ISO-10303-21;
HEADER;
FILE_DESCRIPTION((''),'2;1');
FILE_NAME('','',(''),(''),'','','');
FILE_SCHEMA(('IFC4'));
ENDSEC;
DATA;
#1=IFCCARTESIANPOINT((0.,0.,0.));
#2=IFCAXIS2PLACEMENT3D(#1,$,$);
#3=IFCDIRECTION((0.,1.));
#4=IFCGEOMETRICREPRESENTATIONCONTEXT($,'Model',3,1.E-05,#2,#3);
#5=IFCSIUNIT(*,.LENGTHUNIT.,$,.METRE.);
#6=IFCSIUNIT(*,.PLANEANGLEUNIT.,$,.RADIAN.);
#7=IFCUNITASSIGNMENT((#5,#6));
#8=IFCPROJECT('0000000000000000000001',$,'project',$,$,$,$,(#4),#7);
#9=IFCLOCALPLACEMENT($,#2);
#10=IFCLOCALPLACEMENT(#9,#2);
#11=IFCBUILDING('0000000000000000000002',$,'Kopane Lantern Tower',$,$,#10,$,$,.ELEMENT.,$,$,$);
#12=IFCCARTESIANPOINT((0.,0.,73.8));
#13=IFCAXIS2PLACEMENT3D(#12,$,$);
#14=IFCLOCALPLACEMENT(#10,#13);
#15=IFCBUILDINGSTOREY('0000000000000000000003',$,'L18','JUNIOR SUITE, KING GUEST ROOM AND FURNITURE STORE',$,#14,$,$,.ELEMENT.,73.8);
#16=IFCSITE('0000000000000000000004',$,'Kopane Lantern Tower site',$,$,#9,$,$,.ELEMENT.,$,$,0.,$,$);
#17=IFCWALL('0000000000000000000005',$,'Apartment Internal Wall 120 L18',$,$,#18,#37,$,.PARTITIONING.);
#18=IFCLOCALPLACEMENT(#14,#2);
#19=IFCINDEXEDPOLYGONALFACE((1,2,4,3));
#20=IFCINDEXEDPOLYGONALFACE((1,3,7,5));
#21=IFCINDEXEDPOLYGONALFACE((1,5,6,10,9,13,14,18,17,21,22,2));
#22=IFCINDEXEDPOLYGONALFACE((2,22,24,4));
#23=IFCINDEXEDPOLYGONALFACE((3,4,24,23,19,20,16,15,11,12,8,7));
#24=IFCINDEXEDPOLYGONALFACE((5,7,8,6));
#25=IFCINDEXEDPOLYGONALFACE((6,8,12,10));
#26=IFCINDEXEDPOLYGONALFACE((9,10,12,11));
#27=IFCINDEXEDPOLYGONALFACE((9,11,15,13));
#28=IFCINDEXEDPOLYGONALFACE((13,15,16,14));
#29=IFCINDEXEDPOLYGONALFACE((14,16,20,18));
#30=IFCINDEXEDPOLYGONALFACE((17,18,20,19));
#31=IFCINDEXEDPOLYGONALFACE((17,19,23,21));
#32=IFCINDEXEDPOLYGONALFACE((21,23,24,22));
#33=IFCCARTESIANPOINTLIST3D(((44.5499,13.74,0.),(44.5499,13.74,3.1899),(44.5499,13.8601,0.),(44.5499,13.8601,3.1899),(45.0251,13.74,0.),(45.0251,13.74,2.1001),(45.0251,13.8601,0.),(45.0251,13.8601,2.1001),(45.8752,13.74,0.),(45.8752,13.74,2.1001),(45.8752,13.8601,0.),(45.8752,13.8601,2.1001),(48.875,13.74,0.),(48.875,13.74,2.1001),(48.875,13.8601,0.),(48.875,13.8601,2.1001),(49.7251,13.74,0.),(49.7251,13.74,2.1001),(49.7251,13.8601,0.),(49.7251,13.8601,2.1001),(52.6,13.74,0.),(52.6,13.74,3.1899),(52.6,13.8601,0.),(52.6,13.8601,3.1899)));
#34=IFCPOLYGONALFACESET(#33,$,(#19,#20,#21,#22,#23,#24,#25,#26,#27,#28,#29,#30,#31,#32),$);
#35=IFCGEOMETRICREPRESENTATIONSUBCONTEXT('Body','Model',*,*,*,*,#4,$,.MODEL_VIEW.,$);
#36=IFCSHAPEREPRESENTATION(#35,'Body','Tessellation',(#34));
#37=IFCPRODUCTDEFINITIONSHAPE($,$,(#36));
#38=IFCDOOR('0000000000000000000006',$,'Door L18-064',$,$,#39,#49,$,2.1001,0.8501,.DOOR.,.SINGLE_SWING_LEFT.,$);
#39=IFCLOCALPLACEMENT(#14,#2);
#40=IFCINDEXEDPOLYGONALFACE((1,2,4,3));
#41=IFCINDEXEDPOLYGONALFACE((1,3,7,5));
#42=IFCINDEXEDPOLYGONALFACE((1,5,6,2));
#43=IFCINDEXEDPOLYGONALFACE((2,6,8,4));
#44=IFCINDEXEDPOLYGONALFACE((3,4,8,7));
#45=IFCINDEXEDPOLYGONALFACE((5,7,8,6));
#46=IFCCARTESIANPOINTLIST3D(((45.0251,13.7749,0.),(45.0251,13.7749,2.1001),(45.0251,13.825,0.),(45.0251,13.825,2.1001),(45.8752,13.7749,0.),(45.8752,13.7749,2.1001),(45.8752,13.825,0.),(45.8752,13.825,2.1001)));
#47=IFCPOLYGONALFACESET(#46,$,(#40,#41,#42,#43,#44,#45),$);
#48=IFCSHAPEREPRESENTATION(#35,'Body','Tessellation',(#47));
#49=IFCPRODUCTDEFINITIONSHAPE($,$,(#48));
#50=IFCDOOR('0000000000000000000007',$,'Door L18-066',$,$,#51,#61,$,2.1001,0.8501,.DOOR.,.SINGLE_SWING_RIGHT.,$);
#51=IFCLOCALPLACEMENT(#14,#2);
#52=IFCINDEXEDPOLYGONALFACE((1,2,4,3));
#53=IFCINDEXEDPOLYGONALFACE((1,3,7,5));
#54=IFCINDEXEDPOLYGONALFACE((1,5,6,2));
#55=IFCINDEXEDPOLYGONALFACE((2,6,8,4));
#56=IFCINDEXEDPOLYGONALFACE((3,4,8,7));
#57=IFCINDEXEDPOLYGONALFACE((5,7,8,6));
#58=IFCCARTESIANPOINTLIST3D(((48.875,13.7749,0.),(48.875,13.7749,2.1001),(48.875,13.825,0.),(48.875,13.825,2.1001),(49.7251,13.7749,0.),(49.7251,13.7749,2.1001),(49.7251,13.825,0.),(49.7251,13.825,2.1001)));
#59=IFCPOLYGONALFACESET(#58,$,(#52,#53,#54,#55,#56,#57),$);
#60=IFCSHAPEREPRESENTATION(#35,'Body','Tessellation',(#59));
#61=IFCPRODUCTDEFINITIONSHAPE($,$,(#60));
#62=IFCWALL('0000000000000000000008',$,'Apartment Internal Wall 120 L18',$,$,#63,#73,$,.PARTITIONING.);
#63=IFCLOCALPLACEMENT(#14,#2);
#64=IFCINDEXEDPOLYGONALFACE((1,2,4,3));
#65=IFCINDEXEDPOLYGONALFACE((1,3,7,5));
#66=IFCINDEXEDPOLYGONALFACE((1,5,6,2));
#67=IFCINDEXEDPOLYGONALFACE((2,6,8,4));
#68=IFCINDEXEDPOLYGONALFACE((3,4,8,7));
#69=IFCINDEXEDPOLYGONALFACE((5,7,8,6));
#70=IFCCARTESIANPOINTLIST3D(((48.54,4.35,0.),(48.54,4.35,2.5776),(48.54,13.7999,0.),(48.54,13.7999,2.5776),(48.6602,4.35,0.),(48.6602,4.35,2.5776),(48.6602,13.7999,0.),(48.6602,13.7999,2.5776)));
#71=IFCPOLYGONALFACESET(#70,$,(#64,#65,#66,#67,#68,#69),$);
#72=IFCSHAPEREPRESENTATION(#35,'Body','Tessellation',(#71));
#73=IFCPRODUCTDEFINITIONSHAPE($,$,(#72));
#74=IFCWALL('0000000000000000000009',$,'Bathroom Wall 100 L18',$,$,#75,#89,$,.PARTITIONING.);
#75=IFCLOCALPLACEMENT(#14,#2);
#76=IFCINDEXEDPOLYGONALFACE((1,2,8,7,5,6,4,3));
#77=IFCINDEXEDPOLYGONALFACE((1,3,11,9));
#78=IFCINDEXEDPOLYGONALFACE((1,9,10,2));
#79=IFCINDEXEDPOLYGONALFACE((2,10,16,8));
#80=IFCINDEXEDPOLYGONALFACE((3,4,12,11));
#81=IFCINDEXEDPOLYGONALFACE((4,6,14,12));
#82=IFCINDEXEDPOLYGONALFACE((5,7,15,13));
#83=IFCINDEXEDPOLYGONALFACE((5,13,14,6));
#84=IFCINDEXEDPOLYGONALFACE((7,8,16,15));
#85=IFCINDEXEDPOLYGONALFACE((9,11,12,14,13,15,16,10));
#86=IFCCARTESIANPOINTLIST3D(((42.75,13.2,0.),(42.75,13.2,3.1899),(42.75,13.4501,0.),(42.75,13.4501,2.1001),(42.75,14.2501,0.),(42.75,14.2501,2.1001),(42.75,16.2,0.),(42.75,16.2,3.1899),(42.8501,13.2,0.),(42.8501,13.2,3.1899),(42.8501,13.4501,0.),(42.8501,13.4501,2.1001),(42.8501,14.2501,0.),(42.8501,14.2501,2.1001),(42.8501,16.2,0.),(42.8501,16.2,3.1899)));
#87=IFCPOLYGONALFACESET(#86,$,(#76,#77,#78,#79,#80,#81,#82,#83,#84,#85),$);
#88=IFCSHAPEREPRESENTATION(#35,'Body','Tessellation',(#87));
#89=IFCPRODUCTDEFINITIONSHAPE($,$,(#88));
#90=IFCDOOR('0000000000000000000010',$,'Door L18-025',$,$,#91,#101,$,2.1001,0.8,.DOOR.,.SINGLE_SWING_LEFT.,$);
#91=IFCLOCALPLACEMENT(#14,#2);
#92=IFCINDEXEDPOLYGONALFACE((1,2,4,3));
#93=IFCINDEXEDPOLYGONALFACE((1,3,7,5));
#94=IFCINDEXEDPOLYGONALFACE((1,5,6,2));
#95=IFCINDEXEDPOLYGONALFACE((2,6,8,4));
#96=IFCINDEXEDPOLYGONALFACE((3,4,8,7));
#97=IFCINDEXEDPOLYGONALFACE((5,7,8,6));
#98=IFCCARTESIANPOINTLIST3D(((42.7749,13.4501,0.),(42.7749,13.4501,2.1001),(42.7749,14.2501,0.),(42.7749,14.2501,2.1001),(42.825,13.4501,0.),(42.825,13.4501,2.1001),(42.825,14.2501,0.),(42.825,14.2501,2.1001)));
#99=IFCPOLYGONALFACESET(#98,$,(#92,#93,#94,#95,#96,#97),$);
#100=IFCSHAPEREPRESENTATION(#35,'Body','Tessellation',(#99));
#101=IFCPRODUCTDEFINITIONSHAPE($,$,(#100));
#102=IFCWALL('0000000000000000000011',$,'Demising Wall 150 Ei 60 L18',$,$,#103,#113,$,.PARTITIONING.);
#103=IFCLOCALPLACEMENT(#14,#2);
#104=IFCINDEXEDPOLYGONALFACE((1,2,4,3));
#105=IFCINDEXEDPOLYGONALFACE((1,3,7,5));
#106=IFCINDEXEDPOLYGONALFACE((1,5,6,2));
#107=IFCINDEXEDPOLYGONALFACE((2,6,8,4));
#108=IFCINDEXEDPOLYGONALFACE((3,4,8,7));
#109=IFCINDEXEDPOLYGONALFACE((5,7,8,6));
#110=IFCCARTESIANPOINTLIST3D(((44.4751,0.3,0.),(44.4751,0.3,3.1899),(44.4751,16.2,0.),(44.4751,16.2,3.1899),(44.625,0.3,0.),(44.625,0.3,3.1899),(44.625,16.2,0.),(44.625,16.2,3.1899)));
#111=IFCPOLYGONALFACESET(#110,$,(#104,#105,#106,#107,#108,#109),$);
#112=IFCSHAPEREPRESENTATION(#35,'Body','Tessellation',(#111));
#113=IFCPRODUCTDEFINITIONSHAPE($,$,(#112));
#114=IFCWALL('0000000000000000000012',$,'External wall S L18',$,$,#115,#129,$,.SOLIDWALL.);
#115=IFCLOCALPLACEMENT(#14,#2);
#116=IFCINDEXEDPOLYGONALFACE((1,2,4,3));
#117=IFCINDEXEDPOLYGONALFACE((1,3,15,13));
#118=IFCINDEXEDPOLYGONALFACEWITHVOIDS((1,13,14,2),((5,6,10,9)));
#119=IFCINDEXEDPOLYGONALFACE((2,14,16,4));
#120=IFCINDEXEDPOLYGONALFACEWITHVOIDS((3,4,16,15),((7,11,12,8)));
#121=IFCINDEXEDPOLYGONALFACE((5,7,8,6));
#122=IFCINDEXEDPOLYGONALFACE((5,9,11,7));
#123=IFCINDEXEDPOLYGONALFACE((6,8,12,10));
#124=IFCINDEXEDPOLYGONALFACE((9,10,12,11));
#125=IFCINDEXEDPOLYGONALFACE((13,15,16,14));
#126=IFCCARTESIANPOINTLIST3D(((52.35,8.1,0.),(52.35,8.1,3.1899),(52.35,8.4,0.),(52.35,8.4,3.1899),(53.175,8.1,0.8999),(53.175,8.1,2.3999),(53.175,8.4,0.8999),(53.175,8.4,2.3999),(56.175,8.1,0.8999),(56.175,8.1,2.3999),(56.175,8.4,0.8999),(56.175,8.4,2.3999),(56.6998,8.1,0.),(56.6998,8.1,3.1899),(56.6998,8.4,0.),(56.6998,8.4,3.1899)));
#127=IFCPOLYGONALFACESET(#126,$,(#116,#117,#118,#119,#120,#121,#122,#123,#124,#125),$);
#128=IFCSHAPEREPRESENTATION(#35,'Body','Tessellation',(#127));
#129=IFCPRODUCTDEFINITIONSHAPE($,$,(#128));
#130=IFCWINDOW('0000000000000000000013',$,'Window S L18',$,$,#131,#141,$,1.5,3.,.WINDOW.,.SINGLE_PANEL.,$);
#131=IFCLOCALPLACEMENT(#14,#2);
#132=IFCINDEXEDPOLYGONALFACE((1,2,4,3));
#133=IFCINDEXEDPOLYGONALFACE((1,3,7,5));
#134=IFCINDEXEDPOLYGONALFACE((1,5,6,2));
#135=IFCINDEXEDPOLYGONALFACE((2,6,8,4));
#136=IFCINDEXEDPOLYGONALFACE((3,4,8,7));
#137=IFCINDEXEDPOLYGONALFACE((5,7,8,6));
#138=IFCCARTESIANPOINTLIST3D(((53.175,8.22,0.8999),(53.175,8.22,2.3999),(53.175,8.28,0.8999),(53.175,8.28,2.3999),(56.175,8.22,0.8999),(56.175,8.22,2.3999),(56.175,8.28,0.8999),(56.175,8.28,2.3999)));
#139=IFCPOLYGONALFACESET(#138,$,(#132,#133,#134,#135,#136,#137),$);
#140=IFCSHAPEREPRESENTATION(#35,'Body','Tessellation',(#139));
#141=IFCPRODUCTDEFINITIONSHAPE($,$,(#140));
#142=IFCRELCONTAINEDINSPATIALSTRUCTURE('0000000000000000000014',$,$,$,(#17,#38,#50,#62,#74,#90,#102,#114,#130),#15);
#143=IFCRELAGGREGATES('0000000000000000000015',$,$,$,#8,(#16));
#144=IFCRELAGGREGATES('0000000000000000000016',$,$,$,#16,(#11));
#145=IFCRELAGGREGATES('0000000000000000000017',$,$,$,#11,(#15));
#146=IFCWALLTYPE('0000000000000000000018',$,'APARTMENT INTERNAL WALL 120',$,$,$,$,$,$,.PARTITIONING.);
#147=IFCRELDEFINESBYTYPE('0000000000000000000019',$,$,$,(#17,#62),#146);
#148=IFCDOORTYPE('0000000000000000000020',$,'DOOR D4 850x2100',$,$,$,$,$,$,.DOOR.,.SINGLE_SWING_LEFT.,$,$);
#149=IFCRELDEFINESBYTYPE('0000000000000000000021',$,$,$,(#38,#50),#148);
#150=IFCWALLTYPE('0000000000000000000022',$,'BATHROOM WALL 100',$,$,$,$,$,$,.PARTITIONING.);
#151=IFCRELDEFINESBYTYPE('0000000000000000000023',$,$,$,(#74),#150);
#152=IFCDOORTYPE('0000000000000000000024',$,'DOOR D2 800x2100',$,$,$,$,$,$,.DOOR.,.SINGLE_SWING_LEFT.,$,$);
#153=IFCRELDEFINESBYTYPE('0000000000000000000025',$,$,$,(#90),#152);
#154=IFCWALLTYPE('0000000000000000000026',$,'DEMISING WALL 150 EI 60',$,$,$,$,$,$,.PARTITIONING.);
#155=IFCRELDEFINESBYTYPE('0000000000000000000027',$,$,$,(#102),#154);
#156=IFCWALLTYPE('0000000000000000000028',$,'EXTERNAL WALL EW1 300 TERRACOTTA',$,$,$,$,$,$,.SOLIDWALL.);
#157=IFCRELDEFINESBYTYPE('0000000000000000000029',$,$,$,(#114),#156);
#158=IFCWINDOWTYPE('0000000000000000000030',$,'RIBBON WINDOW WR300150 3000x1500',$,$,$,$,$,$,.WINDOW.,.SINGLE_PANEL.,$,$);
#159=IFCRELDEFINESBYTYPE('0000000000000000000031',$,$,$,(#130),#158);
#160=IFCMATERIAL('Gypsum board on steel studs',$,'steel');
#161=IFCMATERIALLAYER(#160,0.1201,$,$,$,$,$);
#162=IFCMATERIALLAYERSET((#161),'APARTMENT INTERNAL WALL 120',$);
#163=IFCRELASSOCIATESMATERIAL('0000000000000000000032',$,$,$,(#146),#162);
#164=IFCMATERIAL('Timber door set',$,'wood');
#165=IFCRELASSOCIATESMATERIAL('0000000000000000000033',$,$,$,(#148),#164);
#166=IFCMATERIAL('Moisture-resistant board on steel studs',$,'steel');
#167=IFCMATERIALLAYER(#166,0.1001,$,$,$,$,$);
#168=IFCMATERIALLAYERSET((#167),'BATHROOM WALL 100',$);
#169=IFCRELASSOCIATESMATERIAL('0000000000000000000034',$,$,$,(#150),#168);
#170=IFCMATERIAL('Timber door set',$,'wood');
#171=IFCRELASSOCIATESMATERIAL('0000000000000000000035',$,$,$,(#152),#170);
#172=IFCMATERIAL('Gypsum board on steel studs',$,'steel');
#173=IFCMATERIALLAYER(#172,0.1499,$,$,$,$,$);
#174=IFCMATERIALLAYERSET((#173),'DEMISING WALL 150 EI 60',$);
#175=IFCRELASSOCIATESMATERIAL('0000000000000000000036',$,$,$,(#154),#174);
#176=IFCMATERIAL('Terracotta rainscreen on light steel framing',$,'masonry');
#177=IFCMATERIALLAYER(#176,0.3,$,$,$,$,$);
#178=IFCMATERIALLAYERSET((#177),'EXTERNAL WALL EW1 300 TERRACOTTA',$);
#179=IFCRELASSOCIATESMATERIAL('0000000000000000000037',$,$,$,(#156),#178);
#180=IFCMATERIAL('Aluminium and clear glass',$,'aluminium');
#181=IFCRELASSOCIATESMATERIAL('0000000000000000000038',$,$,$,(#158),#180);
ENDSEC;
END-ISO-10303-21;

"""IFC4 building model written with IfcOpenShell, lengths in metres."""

from ifc_helpers import new_model, si_unit, direction, frame, frame_2d, origin, place, context, subcontext, project, spatial, rectangle, extrude, material, layer, layer_set, type_object, element, fill, save


model = new_model("IFC4")

# Units and contexts
model_context = context("Model", 3, precision=1e-05, world=origin(), true_north=direction((0.0, 1.0)))
body_context = subcontext(model_context, "Body", "Model", "MODEL_VIEW")
ifc_project = project(units=[si_unit("LENGTHUNIT", "METRE"), si_unit("PLANEANGLEUNIT", "RADIAN")], contexts=[model_context])

# Site, building, storey
site_placement = place(None, origin())
site = spatial("IfcSite", under=ifc_project, at=site_placement, Name="Kopane Lantern Tower site", CompositionType="ELEMENT", RefElevation=0.0)
building_placement = place(site_placement, origin())
building = spatial("IfcBuilding", under=site, at=building_placement, Name="Kopane Lantern Tower", CompositionType="ELEMENT")
storey_placement = place(building_placement, frame((0.0, 0.0, 73.8)))
storey = spatial("IfcBuildingStorey", under=building, at=storey_placement, Name="L18", Description="JUNIOR SUITE, KING GUEST ROOM AND FURNITURE STORE", CompositionType="ELEMENT", Elevation=73.8)

# Wall, openings, doors
ifc_material_1 = material(Name="Gypsum board on steel studs", Category="steel")
ifc_layer_1 = layer(ifc_material_1, 0.1201)
ifc_layer_set_1 = layer_set([ifc_layer_1], Name="APARTMENT INTERNAL WALL 120")
wall_type_1 = type_object("IfcWallType", Name="APARTMENT INTERNAL WALL 120", PredefinedType="PARTITIONING", material=ifc_layer_set_1)
wall_1_placement = place(storey_placement, frame((44.55, 13.8, 0.0), z_axis=(0.0, 0.0, 1.0), x_axis=(1.0, 0.0, 0.0)))
wall_1 = element("IfcWall", 1, at=wall_1_placement, inside=storey, type_object=wall_type_1, Name="Apartment Internal Wall 120 L18", PredefinedType="PARTITIONING", context=body_context, shape_type="SweptSolid", body=[
    extrude(rectangle(XDim=8.05, YDim=0.1201, at=frame_2d((4.0249, 0.0))), origin(), (0.0, 0.0, 1.0), 3.1899),
])
opening_1_placement = place(wall_1_placement, frame((0.4751, 0.0, 0.0)))
opening_1 = element("IfcOpeningElement", 2, at=opening_1_placement, cuts=wall_1, PredefinedType="OPENING", context=body_context, shape_type="SweptSolid", body=[
    extrude(rectangle(XDim=0.8501, YDim=2.1001, at=frame_2d((0.425, 1.05))), frame((0.0, 0.0701, 0.0), z_axis=(0.0, -1.0, 0.0), x_axis=(1.0, 0.0, 0.0)), (0.0, 0.0, 1.0), 0.1401),
])
opening_2_placement = place(wall_1_placement, frame((4.325, 0.0, 0.0)))
opening_2 = element("IfcOpeningElement", 3, at=opening_2_placement, cuts=wall_1, PredefinedType="OPENING", context=body_context, shape_type="SweptSolid", body=[
    extrude(rectangle(XDim=0.8501, YDim=2.1001, at=frame_2d((0.425, 1.05))), frame((0.0, 0.0701, 0.0), z_axis=(0.0, -1.0, 0.0), x_axis=(1.0, 0.0, 0.0)), (0.0, 0.0, 1.0), 0.1401),
])
ifc_material_2 = material(Name="Timber door set", Category="wood")
door_type_1 = type_object("IfcDoorType", Name="DOOR D4 850x2100", OperationType="SINGLE_SWING_LEFT", PredefinedType="DOOR", material=ifc_material_2)
door_1_placement = place(opening_1_placement, origin())
door_1 = element("IfcDoor", 4, at=door_1_placement, inside=storey, type_object=door_type_1, Name="Door L18-064", OperationType="SINGLE_SWING_LEFT", OverallHeight=2.1001, OverallWidth=0.8501, PredefinedType="DOOR", context=body_context, shape_type="SweptSolid", body=[
    extrude(rectangle(XDim=0.8501, YDim=2.1001, at=frame_2d((0.425, 1.05))), frame((0.0, 0.0249, 0.0), z_axis=(0.0, -1.0, 0.0), x_axis=(1.0, 0.0, 0.0)), (0.0, 0.0, 1.0), 0.05),
])
fill(opening_1, door_1)
door_2_placement = place(opening_2_placement, origin())
door_2 = element("IfcDoor", 5, at=door_2_placement, inside=storey, type_object=door_type_1, Name="Door L18-066", OperationType="SINGLE_SWING_RIGHT", OverallHeight=2.1001, OverallWidth=0.8501, PredefinedType="DOOR", context=body_context, shape_type="SweptSolid", body=[
    extrude(rectangle(XDim=0.8501, YDim=2.1001, at=frame_2d((0.425, 1.05))), frame((0.0, 0.0249, 0.0), z_axis=(0.0, -1.0, 0.0), x_axis=(1.0, 0.0, 0.0)), (0.0, 0.0, 1.0), 0.05),
])
fill(opening_2, door_2)

# Wall
wall_2_placement = place(storey_placement, frame((48.6001, 13.8, 0.0), z_axis=(0.0, 0.0, 1.0), x_axis=(0.0, -1.0, 0.0)))
element("IfcWall", 6, at=wall_2_placement, inside=storey, type_object=wall_type_1, Name="Apartment Internal Wall 120 L18", PredefinedType="PARTITIONING", context=body_context, shape_type="SweptSolid", body=[
    extrude(rectangle(XDim=9.45, YDim=0.1201, at=frame_2d((4.7251, 0.0))), origin(), (0.0, 0.0, 1.0), 2.5776),
])

# Wall, opening, door
ifc_material_3 = material(Name="Moisture-resistant board on steel studs", Category="steel")
ifc_layer_2 = layer(ifc_material_3, 0.1001)
ifc_layer_set_2 = layer_set([ifc_layer_2], Name="BATHROOM WALL 100")
wall_type_2 = type_object("IfcWallType", Name="BATHROOM WALL 100", PredefinedType="PARTITIONING", material=ifc_layer_set_2)
wall_3_placement = place(storey_placement, frame((42.8, 16.2, 0.0), z_axis=(0.0, 0.0, 1.0), x_axis=(0.0, -1.0, 0.0)))
wall_3 = element("IfcWall", 7, at=wall_3_placement, inside=storey, type_object=wall_type_2, Name="Bathroom Wall 100 L18", PredefinedType="PARTITIONING", context=body_context, shape_type="SweptSolid", body=[
    extrude(rectangle(XDim=3.0, YDim=0.1001, at=frame_2d((1.5, 0.0))), origin(), (0.0, 0.0, 1.0), 3.1899),
])
opening_3_placement = place(wall_3_placement, frame((1.95, 0.0, 0.0)))
opening_3 = element("IfcOpeningElement", 8, at=opening_3_placement, cuts=wall_3, PredefinedType="OPENING", context=body_context, shape_type="SweptSolid", body=[
    extrude(rectangle(XDim=0.8, YDim=2.1001, at=frame_2d((0.3999, 1.05))), frame((0.0, 0.0601, 0.0), z_axis=(0.0, -1.0, 0.0), x_axis=(1.0, 0.0, 0.0)), (0.0, 0.0, 1.0), 0.1201),
])
ifc_material_4 = material(Name="Timber door set", Category="wood")
door_type_2 = type_object("IfcDoorType", Name="DOOR D2 800x2100", OperationType="SINGLE_SWING_LEFT", PredefinedType="DOOR", material=ifc_material_4)
door_3_placement = place(opening_3_placement, origin())
door_3 = element("IfcDoor", 9, at=door_3_placement, inside=storey, type_object=door_type_2, Name="Door L18-025", OperationType="SINGLE_SWING_LEFT", OverallHeight=2.1001, OverallWidth=0.8, PredefinedType="DOOR", context=body_context, shape_type="SweptSolid", body=[
    extrude(rectangle(XDim=0.8, YDim=2.1001, at=frame_2d((0.3999, 1.05))), frame((0.0, 0.0249, 0.0), z_axis=(0.0, -1.0, 0.0), x_axis=(1.0, 0.0, 0.0)), (0.0, 0.0, 1.0), 0.05),
])
fill(opening_3, door_3)

# Wall
ifc_material_5 = material(Name="Gypsum board on steel studs", Category="steel")
ifc_layer_3 = layer(ifc_material_5, 0.1499)
ifc_layer_set_3 = layer_set([ifc_layer_3], Name="DEMISING WALL 150 EI 60")
wall_type_3 = type_object("IfcWallType", Name="DEMISING WALL 150 EI 60", PredefinedType="PARTITIONING", material=ifc_layer_set_3)
wall_4_placement = place(storey_placement, frame((44.55, 16.2, 0.0), z_axis=(0.0, 0.0, 1.0), x_axis=(0.0, -1.0, 0.0)))
element("IfcWall", 10, at=wall_4_placement, inside=storey, type_object=wall_type_3, Name="Demising Wall 150 Ei 60 L18", PredefinedType="PARTITIONING", context=body_context, shape_type="SweptSolid", body=[
    extrude(rectangle(XDim=15.8999, YDim=0.1499, at=frame_2d((7.95, 0.0))), origin(), (0.0, 0.0, 1.0), 3.1899),
])

# Wall, opening, window
ifc_material_6 = material(Name="Terracotta rainscreen on light steel framing", Category="masonry")
ifc_layer_4 = layer(ifc_material_6, 0.3)
ifc_layer_set_4 = layer_set([ifc_layer_4], Name="EXTERNAL WALL EW1 300 TERRACOTTA")
wall_type_4 = type_object("IfcWallType", Name="EXTERNAL WALL EW1 300 TERRACOTTA", PredefinedType="SOLIDWALL", material=ifc_layer_set_4)
wall_5_placement = place(storey_placement, frame((52.3501, 8.25, 0.0), z_axis=(0.0, 0.0, 1.0), x_axis=(1.0, 0.0, 0.0)))
wall_5 = element("IfcWall", 11, at=wall_5_placement, inside=storey, type_object=wall_type_4, Name="External wall S L18", PredefinedType="SOLIDWALL", context=body_context, shape_type="SweptSolid", body=[
    extrude(rectangle(XDim=4.3499, YDim=0.3, at=frame_2d((2.1748, 0.0))), origin(), (0.0, 0.0, 1.0), 3.1899),
])
opening_4_placement = place(wall_5_placement, frame((0.825, 0.0, 0.8999)))
opening_4 = element("IfcOpeningElement", 12, at=opening_4_placement, cuts=wall_5, PredefinedType="OPENING", context=body_context, shape_type="SweptSolid", body=[
    extrude(rectangle(XDim=3.0, YDim=1.5, at=frame_2d((1.5, 0.75))), frame((0.0, 0.1599, 0.0), z_axis=(0.0, -1.0, 0.0), x_axis=(1.0, 0.0, 0.0)), (0.0, 0.0, 1.0), 0.3201),
])
ifc_material_7 = material(Name="Aluminium and clear glass", Category="aluminium")
window_type_1 = type_object("IfcWindowType", Name="RIBBON WINDOW WR300150 3000x1500", PartitioningType="SINGLE_PANEL", PredefinedType="WINDOW", material=ifc_material_7)
window_1_placement = place(opening_4_placement, origin())
window_1 = element("IfcWindow", 13, at=window_1_placement, inside=storey, type_object=window_type_1, Name="Window S L18", OverallHeight=1.5, OverallWidth=3.0, PartitioningType="SINGLE_PANEL", PredefinedType="WINDOW", context=body_context, shape_type="SweptSolid", body=[
    extrude(rectangle(XDim=3.0, YDim=1.5, at=frame_2d((1.5, 0.75))), frame((0.0, 0.03, 0.0), z_axis=(0.0, -1.0, 0.0), x_axis=(1.0, 0.0, 0.0)), (0.0, 0.0, 1.0), 0.0601),
])
fill(opening_4, window_1)

save(model, "model.ifc")
